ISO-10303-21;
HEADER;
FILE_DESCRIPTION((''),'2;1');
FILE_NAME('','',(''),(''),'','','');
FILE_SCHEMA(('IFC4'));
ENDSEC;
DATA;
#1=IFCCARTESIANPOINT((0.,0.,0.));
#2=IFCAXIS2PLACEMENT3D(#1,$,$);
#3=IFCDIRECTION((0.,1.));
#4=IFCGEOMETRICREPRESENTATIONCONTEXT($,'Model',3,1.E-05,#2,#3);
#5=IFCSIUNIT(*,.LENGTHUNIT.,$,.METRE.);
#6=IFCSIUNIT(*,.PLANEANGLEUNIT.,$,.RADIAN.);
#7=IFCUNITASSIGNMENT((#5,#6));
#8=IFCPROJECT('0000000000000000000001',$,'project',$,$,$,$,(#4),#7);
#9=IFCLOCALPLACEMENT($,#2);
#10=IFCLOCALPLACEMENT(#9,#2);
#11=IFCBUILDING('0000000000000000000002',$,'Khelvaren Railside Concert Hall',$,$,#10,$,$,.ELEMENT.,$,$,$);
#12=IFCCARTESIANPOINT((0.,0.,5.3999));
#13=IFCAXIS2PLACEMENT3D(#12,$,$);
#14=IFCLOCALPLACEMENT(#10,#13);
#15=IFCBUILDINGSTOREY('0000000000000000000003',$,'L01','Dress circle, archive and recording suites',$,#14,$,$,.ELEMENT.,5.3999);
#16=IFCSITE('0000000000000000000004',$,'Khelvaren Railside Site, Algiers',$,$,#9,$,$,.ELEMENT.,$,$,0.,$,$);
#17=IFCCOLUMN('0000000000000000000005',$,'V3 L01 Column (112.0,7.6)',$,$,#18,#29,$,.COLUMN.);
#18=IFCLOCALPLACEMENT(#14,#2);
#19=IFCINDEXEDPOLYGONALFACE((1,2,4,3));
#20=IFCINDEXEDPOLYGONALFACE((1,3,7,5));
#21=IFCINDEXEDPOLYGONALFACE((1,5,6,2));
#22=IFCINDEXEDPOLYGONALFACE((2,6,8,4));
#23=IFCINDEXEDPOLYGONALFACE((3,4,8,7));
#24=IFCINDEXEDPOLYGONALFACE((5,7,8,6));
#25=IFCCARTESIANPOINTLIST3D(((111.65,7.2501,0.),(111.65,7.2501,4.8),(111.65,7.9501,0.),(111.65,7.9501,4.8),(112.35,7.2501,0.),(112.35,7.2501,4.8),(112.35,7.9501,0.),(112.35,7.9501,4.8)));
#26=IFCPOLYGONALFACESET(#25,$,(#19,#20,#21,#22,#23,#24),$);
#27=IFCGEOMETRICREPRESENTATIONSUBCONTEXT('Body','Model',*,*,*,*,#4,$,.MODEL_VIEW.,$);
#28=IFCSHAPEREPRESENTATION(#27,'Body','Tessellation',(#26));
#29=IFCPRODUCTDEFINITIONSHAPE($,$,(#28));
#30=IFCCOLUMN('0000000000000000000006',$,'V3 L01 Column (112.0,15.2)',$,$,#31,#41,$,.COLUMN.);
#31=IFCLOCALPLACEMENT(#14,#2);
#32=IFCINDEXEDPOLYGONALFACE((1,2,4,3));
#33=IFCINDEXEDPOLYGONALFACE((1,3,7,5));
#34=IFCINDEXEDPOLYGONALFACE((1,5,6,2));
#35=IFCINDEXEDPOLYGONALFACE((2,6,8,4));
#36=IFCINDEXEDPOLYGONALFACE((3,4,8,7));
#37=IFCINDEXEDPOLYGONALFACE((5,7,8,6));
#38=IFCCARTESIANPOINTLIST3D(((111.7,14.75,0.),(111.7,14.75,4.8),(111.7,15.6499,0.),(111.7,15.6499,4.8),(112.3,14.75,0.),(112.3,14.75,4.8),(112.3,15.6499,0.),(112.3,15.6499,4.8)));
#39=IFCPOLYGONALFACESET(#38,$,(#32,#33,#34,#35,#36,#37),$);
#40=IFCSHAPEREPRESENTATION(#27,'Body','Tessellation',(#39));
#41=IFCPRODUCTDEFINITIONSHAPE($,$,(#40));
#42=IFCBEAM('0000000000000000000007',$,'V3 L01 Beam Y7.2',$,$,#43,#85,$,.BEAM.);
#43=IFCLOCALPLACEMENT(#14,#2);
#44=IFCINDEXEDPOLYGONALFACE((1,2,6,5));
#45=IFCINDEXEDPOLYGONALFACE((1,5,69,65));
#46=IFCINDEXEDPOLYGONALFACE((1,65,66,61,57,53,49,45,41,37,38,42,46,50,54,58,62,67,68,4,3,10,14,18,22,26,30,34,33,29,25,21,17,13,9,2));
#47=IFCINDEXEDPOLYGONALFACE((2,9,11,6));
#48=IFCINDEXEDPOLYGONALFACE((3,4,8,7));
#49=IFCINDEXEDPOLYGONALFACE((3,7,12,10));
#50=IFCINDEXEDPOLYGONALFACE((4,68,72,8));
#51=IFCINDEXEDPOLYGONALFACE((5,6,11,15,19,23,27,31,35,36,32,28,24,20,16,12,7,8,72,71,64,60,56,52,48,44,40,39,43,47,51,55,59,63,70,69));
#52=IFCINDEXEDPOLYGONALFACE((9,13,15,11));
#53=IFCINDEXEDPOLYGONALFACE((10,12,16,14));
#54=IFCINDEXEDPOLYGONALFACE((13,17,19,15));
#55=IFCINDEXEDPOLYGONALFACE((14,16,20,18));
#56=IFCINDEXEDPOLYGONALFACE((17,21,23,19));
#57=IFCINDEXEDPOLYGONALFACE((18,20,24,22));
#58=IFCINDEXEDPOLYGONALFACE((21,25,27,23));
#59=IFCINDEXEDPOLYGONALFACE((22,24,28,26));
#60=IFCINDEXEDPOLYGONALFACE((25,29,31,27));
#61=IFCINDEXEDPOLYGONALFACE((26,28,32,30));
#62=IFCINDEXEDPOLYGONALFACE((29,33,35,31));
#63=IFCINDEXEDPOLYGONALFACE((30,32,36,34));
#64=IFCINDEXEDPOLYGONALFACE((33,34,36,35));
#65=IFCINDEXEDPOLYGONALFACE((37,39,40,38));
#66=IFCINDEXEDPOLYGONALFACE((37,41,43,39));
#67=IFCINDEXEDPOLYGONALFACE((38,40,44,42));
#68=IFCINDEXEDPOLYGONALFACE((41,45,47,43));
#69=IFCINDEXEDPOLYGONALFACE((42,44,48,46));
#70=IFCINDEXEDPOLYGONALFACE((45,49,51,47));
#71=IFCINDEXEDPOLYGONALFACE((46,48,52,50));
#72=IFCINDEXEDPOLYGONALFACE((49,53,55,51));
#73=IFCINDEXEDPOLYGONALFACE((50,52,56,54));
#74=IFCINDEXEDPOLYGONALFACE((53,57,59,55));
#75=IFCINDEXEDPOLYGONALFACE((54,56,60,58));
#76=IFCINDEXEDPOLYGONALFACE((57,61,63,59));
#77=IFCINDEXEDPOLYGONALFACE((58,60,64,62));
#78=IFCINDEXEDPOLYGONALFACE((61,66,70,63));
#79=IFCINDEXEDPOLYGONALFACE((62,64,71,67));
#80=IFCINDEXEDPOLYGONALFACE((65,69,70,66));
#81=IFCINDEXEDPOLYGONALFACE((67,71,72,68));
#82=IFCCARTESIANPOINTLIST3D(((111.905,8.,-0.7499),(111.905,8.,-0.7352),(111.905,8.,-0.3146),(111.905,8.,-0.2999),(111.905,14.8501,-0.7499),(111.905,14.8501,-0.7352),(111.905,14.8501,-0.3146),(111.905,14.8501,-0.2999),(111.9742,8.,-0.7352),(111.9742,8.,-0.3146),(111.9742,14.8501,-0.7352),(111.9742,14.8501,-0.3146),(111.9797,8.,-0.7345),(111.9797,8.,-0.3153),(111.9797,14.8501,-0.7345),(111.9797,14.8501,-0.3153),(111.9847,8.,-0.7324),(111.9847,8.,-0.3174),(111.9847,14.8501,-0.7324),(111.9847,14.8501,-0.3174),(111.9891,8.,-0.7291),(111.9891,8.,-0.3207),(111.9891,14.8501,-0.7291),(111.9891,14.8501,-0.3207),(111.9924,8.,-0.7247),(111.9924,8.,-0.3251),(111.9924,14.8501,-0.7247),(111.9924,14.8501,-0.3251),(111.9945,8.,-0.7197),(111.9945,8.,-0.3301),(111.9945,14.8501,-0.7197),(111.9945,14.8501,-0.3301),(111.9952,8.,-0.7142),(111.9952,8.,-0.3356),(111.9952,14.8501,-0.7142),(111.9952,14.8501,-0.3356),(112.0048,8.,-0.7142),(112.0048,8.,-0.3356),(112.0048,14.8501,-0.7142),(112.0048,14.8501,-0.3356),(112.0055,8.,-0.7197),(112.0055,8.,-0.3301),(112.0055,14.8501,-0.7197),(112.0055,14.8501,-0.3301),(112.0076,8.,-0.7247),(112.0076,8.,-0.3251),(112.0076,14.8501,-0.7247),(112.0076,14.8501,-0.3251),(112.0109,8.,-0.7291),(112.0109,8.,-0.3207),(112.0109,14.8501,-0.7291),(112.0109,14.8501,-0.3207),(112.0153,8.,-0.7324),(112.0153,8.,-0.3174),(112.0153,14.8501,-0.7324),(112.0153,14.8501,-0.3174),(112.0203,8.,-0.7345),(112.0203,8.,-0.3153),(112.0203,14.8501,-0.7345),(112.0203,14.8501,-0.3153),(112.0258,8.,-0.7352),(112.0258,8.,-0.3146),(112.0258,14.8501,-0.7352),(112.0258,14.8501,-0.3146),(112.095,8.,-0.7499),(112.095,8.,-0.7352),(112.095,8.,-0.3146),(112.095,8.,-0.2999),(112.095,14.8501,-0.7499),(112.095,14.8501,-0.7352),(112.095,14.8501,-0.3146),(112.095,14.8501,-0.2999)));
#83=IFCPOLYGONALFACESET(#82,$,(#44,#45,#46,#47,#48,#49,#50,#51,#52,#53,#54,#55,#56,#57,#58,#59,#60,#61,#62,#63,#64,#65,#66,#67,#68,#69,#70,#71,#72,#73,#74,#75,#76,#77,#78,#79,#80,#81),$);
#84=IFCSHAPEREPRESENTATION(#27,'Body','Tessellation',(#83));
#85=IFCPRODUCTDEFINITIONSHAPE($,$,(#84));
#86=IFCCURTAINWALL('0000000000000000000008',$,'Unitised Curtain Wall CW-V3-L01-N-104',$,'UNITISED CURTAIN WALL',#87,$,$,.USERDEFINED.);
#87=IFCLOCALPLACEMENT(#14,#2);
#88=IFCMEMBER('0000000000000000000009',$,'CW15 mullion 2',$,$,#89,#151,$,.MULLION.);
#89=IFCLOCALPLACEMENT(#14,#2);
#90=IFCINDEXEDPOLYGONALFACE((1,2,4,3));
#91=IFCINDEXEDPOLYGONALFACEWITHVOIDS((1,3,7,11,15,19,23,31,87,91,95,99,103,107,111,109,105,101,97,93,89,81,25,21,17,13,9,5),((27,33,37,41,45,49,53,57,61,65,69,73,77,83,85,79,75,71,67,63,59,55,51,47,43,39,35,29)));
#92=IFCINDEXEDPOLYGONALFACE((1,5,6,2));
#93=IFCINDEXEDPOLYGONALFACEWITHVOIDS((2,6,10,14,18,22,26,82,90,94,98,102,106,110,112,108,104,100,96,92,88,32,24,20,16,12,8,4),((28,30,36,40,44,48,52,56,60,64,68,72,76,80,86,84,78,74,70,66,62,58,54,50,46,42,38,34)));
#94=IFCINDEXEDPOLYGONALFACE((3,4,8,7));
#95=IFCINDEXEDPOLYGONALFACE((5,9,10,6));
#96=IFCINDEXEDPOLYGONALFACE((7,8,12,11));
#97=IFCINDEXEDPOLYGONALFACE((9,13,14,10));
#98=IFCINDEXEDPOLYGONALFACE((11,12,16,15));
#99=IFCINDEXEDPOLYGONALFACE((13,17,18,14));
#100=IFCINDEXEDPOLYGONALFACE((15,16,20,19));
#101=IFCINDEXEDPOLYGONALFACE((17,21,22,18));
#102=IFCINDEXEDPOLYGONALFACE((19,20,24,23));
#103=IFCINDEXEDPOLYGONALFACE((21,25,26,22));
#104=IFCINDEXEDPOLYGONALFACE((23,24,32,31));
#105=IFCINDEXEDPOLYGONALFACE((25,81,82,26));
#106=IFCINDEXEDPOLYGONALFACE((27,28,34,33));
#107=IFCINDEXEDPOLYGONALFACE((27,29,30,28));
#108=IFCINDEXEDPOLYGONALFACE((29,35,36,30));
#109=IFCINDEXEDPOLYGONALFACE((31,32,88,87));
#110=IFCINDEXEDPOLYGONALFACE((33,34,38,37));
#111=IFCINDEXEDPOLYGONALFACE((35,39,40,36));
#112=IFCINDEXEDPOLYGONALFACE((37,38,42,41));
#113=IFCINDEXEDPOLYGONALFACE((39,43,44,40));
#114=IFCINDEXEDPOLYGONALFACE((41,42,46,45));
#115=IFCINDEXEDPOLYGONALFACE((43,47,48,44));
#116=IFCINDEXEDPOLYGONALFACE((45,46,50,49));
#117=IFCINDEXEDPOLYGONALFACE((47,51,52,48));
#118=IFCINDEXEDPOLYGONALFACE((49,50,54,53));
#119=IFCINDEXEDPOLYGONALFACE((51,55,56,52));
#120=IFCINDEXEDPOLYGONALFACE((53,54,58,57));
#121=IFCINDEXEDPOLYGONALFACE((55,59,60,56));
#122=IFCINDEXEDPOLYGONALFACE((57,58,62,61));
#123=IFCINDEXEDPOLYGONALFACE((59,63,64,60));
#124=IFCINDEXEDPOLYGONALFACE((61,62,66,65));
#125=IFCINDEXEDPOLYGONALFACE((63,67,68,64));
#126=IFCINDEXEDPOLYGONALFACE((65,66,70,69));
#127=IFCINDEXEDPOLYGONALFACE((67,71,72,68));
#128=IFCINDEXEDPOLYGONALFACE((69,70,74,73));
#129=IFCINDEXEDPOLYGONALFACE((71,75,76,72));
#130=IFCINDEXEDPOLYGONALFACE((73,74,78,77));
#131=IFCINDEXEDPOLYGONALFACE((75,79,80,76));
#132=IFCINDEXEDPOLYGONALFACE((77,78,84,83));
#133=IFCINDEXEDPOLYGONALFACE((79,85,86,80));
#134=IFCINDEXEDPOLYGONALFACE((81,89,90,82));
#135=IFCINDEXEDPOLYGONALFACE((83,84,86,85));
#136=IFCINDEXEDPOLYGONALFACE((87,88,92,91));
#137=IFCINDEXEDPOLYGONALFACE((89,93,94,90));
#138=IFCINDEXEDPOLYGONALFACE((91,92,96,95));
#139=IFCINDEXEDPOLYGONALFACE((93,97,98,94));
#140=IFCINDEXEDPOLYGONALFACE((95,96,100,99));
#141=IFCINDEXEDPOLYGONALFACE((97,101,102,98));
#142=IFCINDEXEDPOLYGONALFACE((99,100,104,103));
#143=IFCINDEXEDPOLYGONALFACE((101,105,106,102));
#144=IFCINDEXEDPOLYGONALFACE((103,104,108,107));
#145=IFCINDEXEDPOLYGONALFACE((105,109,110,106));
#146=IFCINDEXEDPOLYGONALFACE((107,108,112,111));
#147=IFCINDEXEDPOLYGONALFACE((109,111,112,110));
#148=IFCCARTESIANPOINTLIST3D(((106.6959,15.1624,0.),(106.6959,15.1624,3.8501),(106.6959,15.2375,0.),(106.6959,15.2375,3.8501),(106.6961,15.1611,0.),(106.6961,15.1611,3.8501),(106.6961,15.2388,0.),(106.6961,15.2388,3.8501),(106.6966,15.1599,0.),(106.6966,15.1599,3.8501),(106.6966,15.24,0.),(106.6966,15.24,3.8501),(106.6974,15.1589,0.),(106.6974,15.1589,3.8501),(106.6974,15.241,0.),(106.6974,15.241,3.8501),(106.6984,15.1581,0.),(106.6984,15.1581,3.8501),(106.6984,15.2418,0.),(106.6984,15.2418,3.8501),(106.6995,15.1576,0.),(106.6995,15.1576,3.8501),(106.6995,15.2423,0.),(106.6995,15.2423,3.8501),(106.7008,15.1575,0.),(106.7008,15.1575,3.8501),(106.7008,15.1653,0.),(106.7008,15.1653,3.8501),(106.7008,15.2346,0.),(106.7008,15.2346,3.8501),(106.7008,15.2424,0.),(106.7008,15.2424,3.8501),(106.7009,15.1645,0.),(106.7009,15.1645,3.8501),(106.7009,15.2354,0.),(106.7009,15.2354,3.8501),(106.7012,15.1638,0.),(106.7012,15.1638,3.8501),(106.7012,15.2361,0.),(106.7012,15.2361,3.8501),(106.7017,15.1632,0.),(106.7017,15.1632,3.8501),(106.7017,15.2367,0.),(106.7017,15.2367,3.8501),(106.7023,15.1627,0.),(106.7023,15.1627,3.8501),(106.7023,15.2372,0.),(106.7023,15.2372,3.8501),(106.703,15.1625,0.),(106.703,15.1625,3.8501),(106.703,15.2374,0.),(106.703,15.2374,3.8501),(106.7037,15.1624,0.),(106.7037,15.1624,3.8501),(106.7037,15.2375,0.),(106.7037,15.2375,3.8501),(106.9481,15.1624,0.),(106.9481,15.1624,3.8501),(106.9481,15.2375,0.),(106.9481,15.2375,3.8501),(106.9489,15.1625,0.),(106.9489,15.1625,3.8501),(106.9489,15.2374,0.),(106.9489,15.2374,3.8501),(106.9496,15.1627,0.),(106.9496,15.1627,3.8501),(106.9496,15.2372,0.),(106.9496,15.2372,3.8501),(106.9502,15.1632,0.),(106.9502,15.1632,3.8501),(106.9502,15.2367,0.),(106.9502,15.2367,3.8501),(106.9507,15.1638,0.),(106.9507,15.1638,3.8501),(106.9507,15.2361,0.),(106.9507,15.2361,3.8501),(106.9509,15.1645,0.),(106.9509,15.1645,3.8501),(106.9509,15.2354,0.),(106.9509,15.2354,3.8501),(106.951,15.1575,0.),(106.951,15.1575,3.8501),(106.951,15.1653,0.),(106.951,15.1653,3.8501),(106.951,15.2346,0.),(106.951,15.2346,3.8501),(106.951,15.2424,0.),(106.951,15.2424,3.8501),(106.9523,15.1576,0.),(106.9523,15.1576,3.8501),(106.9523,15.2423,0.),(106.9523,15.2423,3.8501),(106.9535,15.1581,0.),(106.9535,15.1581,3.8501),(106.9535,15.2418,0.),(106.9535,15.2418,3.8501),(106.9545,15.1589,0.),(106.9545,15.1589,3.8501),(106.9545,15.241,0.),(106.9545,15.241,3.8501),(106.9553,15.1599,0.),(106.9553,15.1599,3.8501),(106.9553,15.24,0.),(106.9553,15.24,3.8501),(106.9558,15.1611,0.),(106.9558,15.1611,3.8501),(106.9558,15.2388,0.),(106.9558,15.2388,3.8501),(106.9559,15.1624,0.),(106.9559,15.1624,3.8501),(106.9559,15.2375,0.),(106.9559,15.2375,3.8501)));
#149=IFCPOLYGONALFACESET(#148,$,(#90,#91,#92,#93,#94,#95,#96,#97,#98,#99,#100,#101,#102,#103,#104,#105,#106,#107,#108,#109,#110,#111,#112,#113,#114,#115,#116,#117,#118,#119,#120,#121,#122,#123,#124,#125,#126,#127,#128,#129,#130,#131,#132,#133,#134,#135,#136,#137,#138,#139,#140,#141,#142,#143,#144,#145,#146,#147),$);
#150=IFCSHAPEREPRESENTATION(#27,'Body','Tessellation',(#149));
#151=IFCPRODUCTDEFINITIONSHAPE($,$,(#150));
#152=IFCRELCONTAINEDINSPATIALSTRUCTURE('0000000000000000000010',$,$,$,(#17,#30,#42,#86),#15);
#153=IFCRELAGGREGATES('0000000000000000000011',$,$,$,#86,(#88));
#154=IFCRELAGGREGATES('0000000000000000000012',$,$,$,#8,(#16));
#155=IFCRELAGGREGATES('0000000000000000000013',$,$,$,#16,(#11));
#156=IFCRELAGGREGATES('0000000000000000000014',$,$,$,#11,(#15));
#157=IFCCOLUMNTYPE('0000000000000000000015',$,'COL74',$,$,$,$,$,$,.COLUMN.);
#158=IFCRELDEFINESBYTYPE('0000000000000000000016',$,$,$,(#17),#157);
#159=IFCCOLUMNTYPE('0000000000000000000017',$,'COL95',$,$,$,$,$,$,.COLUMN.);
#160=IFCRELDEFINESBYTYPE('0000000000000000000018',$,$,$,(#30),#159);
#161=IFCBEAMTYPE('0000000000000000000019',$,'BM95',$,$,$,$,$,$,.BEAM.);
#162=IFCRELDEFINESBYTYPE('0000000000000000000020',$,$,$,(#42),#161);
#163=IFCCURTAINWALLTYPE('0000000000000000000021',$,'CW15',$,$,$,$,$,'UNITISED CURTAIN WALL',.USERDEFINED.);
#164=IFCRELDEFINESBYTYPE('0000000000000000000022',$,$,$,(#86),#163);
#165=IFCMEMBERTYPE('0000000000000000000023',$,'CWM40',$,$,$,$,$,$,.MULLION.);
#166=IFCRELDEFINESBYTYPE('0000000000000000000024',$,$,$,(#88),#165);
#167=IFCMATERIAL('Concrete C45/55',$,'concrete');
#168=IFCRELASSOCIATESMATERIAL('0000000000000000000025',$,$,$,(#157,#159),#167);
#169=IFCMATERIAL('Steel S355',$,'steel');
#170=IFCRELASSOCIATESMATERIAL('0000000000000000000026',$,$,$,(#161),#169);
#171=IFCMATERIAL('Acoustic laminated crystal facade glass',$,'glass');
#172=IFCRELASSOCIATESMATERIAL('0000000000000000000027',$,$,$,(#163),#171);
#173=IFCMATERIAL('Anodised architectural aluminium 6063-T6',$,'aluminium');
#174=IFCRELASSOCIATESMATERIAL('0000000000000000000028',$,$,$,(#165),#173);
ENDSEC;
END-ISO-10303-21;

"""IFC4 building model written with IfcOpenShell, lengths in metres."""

from ifc_helpers import new_model, si_unit, direction, frame, origin, origin_2d, place, context, subcontext, project, spatial, rectangle, hollow_rectangle, i_section, extrude, material, material_profile, profile_set, type_object, element, aggregate, save


model = new_model("IFC4")

# Units and contexts
model_context = context("Model", 3, precision=1e-05, world=origin(), true_north=direction((0.0, 1.0)))
body_context = subcontext(model_context, "Body", "Model", "MODEL_VIEW")
ifc_project = project(units=[si_unit("LENGTHUNIT", "METRE"), si_unit("PLANEANGLEUNIT", "RADIAN")], contexts=[model_context])

# Site, building, storey
site_placement = place(None, origin())
site = spatial("IfcSite", under=ifc_project, at=site_placement, Name="Khelvaren Railside Site, Algiers", CompositionType="ELEMENT", RefElevation=0.0)
building_placement = place(site_placement, origin())
building = spatial("IfcBuilding", under=site, at=building_placement, Name="Khelvaren Railside Concert Hall", CompositionType="ELEMENT")
storey_placement = place(building_placement, frame((0.0, 0.0, 5.3999)))
storey = spatial("IfcBuildingStorey", under=building, at=storey_placement, Name="L01", Description="Dress circle, archive and recording suites", CompositionType="ELEMENT", Elevation=5.3999)

# Columns
ifc_material_1 = material(Name="Concrete C45/55", Category="concrete")
ifc_material_profile_1 = material_profile(ifc_material_1, rectangle(XDim=0.7, YDim=0.7, at=origin_2d()), Name="RC 700x700")
ifc_profile_set_1 = profile_set([ifc_material_profile_1], Name="Concrete C45/55")
column_type_1 = type_object("IfcColumnType", Name="COL74", PredefinedType="COLUMN", material=ifc_profile_set_1)
column_1_placement = place(storey_placement, frame((112.0, 7.6001, 0.0), z_axis=(0.0, 0.0, 1.0), x_axis=(1.0, 0.0, 0.0)))
element("IfcColumn", 1, at=column_1_placement, inside=storey, type_object=column_type_1, Name="V3 L01 Column (112.0,7.6)", PredefinedType="COLUMN", context=body_context, shape_type="SweptSolid", body=[
    extrude(rectangle(XDim=0.7, YDim=0.7, at=origin_2d()), origin(), (0.0, 0.0, 1.0), 4.8),
])
ifc_material_profile_2 = material_profile(ifc_material_1, rectangle(XDim=0.6001, YDim=0.8999, at=origin_2d()), Name="RC 600x900")
ifc_profile_set_2 = profile_set([ifc_material_profile_2], Name="Concrete C45/55")
column_type_2 = type_object("IfcColumnType", Name="COL95", PredefinedType="COLUMN", material=ifc_profile_set_2)
column_2_placement = place(storey_placement, frame((112.0, 15.2, 0.0), z_axis=(0.0, 0.0, 1.0), x_axis=(1.0, 0.0, 0.0)))
element("IfcColumn", 2, at=column_2_placement, inside=storey, type_object=column_type_2, Name="V3 L01 Column (112.0,15.2)", PredefinedType="COLUMN", context=body_context, shape_type="SweptSolid", body=[
    extrude(rectangle(XDim=0.6001, YDim=0.8999, at=origin_2d()), origin(), (0.0, 0.0, 1.0), 4.8),
])

# Beam
ifc_material_2 = material(Name="Steel S355", Category="steel")
ifc_material_profile_3 = material_profile(ifc_material_2, i_section(OverallWidth=0.1899, OverallDepth=0.45, WebThickness=0.0095, FlangeThickness=0.0146, FilletRadius=0.021, at=origin_2d()), Name="IPE 450")
ifc_profile_set_3 = profile_set([ifc_material_profile_3], Name="Steel S355")
beam_type_1 = type_object("IfcBeamType", Name="BM95", PredefinedType="BEAM", material=ifc_profile_set_3)
beam_1_placement = place(storey_placement, frame((112.0, 8.0, -0.5249), z_axis=(0.0, 1.0, 0.0), x_axis=(-1.0, 0.0, 0.0)))
element("IfcBeam", 3, at=beam_1_placement, inside=storey, type_object=beam_type_1, Name="V3 L01 Beam Y7.2", PredefinedType="BEAM", context=body_context, shape_type="SweptSolid", body=[
    extrude(i_section(OverallWidth=0.1899, OverallDepth=0.45, WebThickness=0.0095, FlangeThickness=0.0146, FilletRadius=0.021, at=origin_2d()), origin(), (0.0, 0.0, 1.0), 6.8501),
])

# Curtain wall, member
ifc_material_3 = material(Name="Acoustic laminated crystal facade glass", Category="glass")
curtain_wall_type = type_object("IfcCurtainWallType", Name="CW15", ElementType="UNITISED CURTAIN WALL", PredefinedType="USERDEFINED", material=ifc_material_3)
curtain_wall_placement = place(storey_placement, origin())
curtain_wall = element("IfcCurtainWall", 4, at=curtain_wall_placement, inside=storey, type_object=curtain_wall_type, Name="Unitised Curtain Wall CW-V3-L01-N-104", ObjectType="UNITISED CURTAIN WALL", PredefinedType="USERDEFINED")
ifc_material_4 = material(Name="Anodised architectural aluminium 6063-T6", Category="aluminium")
ifc_material_profile_4 = material_profile(ifc_material_4, hollow_rectangle(XDim=0.085, YDim=0.26, WallThickness=0.0049, InnerFilletRadius=0.0029, OuterFilletRadius=0.0049, at=origin_2d()), Name="CWM 85x260x5")
ifc_profile_set_4 = profile_set([ifc_material_profile_4], Name="Anodised architectural aluminium 6063-T6")
member_type_1 = type_object("IfcMemberType", Name="CWM40", PredefinedType="MULLION", material=ifc_profile_set_4)
member_1_placement = place(storey_placement, frame((106.8259, 15.2, 0.0), z_axis=(0.0, 0.0, 1.0), x_axis=(0.0, 1.0, 0.0)))
member_1 = element("IfcMember", 5, at=member_1_placement, type_object=member_type_1, Name="CW15 mullion 2", PredefinedType="MULLION", context=body_context, shape_type="SweptSolid", body=[
    extrude(hollow_rectangle(XDim=0.085, YDim=0.26, WallThickness=0.0049, InnerFilletRadius=0.0029, OuterFilletRadius=0.0049, at=origin_2d()), origin(), (0.0, 0.0, 1.0), 3.8501),
])

aggregate(curtain_wall, [member_1])

save(model, "model.ifc")
